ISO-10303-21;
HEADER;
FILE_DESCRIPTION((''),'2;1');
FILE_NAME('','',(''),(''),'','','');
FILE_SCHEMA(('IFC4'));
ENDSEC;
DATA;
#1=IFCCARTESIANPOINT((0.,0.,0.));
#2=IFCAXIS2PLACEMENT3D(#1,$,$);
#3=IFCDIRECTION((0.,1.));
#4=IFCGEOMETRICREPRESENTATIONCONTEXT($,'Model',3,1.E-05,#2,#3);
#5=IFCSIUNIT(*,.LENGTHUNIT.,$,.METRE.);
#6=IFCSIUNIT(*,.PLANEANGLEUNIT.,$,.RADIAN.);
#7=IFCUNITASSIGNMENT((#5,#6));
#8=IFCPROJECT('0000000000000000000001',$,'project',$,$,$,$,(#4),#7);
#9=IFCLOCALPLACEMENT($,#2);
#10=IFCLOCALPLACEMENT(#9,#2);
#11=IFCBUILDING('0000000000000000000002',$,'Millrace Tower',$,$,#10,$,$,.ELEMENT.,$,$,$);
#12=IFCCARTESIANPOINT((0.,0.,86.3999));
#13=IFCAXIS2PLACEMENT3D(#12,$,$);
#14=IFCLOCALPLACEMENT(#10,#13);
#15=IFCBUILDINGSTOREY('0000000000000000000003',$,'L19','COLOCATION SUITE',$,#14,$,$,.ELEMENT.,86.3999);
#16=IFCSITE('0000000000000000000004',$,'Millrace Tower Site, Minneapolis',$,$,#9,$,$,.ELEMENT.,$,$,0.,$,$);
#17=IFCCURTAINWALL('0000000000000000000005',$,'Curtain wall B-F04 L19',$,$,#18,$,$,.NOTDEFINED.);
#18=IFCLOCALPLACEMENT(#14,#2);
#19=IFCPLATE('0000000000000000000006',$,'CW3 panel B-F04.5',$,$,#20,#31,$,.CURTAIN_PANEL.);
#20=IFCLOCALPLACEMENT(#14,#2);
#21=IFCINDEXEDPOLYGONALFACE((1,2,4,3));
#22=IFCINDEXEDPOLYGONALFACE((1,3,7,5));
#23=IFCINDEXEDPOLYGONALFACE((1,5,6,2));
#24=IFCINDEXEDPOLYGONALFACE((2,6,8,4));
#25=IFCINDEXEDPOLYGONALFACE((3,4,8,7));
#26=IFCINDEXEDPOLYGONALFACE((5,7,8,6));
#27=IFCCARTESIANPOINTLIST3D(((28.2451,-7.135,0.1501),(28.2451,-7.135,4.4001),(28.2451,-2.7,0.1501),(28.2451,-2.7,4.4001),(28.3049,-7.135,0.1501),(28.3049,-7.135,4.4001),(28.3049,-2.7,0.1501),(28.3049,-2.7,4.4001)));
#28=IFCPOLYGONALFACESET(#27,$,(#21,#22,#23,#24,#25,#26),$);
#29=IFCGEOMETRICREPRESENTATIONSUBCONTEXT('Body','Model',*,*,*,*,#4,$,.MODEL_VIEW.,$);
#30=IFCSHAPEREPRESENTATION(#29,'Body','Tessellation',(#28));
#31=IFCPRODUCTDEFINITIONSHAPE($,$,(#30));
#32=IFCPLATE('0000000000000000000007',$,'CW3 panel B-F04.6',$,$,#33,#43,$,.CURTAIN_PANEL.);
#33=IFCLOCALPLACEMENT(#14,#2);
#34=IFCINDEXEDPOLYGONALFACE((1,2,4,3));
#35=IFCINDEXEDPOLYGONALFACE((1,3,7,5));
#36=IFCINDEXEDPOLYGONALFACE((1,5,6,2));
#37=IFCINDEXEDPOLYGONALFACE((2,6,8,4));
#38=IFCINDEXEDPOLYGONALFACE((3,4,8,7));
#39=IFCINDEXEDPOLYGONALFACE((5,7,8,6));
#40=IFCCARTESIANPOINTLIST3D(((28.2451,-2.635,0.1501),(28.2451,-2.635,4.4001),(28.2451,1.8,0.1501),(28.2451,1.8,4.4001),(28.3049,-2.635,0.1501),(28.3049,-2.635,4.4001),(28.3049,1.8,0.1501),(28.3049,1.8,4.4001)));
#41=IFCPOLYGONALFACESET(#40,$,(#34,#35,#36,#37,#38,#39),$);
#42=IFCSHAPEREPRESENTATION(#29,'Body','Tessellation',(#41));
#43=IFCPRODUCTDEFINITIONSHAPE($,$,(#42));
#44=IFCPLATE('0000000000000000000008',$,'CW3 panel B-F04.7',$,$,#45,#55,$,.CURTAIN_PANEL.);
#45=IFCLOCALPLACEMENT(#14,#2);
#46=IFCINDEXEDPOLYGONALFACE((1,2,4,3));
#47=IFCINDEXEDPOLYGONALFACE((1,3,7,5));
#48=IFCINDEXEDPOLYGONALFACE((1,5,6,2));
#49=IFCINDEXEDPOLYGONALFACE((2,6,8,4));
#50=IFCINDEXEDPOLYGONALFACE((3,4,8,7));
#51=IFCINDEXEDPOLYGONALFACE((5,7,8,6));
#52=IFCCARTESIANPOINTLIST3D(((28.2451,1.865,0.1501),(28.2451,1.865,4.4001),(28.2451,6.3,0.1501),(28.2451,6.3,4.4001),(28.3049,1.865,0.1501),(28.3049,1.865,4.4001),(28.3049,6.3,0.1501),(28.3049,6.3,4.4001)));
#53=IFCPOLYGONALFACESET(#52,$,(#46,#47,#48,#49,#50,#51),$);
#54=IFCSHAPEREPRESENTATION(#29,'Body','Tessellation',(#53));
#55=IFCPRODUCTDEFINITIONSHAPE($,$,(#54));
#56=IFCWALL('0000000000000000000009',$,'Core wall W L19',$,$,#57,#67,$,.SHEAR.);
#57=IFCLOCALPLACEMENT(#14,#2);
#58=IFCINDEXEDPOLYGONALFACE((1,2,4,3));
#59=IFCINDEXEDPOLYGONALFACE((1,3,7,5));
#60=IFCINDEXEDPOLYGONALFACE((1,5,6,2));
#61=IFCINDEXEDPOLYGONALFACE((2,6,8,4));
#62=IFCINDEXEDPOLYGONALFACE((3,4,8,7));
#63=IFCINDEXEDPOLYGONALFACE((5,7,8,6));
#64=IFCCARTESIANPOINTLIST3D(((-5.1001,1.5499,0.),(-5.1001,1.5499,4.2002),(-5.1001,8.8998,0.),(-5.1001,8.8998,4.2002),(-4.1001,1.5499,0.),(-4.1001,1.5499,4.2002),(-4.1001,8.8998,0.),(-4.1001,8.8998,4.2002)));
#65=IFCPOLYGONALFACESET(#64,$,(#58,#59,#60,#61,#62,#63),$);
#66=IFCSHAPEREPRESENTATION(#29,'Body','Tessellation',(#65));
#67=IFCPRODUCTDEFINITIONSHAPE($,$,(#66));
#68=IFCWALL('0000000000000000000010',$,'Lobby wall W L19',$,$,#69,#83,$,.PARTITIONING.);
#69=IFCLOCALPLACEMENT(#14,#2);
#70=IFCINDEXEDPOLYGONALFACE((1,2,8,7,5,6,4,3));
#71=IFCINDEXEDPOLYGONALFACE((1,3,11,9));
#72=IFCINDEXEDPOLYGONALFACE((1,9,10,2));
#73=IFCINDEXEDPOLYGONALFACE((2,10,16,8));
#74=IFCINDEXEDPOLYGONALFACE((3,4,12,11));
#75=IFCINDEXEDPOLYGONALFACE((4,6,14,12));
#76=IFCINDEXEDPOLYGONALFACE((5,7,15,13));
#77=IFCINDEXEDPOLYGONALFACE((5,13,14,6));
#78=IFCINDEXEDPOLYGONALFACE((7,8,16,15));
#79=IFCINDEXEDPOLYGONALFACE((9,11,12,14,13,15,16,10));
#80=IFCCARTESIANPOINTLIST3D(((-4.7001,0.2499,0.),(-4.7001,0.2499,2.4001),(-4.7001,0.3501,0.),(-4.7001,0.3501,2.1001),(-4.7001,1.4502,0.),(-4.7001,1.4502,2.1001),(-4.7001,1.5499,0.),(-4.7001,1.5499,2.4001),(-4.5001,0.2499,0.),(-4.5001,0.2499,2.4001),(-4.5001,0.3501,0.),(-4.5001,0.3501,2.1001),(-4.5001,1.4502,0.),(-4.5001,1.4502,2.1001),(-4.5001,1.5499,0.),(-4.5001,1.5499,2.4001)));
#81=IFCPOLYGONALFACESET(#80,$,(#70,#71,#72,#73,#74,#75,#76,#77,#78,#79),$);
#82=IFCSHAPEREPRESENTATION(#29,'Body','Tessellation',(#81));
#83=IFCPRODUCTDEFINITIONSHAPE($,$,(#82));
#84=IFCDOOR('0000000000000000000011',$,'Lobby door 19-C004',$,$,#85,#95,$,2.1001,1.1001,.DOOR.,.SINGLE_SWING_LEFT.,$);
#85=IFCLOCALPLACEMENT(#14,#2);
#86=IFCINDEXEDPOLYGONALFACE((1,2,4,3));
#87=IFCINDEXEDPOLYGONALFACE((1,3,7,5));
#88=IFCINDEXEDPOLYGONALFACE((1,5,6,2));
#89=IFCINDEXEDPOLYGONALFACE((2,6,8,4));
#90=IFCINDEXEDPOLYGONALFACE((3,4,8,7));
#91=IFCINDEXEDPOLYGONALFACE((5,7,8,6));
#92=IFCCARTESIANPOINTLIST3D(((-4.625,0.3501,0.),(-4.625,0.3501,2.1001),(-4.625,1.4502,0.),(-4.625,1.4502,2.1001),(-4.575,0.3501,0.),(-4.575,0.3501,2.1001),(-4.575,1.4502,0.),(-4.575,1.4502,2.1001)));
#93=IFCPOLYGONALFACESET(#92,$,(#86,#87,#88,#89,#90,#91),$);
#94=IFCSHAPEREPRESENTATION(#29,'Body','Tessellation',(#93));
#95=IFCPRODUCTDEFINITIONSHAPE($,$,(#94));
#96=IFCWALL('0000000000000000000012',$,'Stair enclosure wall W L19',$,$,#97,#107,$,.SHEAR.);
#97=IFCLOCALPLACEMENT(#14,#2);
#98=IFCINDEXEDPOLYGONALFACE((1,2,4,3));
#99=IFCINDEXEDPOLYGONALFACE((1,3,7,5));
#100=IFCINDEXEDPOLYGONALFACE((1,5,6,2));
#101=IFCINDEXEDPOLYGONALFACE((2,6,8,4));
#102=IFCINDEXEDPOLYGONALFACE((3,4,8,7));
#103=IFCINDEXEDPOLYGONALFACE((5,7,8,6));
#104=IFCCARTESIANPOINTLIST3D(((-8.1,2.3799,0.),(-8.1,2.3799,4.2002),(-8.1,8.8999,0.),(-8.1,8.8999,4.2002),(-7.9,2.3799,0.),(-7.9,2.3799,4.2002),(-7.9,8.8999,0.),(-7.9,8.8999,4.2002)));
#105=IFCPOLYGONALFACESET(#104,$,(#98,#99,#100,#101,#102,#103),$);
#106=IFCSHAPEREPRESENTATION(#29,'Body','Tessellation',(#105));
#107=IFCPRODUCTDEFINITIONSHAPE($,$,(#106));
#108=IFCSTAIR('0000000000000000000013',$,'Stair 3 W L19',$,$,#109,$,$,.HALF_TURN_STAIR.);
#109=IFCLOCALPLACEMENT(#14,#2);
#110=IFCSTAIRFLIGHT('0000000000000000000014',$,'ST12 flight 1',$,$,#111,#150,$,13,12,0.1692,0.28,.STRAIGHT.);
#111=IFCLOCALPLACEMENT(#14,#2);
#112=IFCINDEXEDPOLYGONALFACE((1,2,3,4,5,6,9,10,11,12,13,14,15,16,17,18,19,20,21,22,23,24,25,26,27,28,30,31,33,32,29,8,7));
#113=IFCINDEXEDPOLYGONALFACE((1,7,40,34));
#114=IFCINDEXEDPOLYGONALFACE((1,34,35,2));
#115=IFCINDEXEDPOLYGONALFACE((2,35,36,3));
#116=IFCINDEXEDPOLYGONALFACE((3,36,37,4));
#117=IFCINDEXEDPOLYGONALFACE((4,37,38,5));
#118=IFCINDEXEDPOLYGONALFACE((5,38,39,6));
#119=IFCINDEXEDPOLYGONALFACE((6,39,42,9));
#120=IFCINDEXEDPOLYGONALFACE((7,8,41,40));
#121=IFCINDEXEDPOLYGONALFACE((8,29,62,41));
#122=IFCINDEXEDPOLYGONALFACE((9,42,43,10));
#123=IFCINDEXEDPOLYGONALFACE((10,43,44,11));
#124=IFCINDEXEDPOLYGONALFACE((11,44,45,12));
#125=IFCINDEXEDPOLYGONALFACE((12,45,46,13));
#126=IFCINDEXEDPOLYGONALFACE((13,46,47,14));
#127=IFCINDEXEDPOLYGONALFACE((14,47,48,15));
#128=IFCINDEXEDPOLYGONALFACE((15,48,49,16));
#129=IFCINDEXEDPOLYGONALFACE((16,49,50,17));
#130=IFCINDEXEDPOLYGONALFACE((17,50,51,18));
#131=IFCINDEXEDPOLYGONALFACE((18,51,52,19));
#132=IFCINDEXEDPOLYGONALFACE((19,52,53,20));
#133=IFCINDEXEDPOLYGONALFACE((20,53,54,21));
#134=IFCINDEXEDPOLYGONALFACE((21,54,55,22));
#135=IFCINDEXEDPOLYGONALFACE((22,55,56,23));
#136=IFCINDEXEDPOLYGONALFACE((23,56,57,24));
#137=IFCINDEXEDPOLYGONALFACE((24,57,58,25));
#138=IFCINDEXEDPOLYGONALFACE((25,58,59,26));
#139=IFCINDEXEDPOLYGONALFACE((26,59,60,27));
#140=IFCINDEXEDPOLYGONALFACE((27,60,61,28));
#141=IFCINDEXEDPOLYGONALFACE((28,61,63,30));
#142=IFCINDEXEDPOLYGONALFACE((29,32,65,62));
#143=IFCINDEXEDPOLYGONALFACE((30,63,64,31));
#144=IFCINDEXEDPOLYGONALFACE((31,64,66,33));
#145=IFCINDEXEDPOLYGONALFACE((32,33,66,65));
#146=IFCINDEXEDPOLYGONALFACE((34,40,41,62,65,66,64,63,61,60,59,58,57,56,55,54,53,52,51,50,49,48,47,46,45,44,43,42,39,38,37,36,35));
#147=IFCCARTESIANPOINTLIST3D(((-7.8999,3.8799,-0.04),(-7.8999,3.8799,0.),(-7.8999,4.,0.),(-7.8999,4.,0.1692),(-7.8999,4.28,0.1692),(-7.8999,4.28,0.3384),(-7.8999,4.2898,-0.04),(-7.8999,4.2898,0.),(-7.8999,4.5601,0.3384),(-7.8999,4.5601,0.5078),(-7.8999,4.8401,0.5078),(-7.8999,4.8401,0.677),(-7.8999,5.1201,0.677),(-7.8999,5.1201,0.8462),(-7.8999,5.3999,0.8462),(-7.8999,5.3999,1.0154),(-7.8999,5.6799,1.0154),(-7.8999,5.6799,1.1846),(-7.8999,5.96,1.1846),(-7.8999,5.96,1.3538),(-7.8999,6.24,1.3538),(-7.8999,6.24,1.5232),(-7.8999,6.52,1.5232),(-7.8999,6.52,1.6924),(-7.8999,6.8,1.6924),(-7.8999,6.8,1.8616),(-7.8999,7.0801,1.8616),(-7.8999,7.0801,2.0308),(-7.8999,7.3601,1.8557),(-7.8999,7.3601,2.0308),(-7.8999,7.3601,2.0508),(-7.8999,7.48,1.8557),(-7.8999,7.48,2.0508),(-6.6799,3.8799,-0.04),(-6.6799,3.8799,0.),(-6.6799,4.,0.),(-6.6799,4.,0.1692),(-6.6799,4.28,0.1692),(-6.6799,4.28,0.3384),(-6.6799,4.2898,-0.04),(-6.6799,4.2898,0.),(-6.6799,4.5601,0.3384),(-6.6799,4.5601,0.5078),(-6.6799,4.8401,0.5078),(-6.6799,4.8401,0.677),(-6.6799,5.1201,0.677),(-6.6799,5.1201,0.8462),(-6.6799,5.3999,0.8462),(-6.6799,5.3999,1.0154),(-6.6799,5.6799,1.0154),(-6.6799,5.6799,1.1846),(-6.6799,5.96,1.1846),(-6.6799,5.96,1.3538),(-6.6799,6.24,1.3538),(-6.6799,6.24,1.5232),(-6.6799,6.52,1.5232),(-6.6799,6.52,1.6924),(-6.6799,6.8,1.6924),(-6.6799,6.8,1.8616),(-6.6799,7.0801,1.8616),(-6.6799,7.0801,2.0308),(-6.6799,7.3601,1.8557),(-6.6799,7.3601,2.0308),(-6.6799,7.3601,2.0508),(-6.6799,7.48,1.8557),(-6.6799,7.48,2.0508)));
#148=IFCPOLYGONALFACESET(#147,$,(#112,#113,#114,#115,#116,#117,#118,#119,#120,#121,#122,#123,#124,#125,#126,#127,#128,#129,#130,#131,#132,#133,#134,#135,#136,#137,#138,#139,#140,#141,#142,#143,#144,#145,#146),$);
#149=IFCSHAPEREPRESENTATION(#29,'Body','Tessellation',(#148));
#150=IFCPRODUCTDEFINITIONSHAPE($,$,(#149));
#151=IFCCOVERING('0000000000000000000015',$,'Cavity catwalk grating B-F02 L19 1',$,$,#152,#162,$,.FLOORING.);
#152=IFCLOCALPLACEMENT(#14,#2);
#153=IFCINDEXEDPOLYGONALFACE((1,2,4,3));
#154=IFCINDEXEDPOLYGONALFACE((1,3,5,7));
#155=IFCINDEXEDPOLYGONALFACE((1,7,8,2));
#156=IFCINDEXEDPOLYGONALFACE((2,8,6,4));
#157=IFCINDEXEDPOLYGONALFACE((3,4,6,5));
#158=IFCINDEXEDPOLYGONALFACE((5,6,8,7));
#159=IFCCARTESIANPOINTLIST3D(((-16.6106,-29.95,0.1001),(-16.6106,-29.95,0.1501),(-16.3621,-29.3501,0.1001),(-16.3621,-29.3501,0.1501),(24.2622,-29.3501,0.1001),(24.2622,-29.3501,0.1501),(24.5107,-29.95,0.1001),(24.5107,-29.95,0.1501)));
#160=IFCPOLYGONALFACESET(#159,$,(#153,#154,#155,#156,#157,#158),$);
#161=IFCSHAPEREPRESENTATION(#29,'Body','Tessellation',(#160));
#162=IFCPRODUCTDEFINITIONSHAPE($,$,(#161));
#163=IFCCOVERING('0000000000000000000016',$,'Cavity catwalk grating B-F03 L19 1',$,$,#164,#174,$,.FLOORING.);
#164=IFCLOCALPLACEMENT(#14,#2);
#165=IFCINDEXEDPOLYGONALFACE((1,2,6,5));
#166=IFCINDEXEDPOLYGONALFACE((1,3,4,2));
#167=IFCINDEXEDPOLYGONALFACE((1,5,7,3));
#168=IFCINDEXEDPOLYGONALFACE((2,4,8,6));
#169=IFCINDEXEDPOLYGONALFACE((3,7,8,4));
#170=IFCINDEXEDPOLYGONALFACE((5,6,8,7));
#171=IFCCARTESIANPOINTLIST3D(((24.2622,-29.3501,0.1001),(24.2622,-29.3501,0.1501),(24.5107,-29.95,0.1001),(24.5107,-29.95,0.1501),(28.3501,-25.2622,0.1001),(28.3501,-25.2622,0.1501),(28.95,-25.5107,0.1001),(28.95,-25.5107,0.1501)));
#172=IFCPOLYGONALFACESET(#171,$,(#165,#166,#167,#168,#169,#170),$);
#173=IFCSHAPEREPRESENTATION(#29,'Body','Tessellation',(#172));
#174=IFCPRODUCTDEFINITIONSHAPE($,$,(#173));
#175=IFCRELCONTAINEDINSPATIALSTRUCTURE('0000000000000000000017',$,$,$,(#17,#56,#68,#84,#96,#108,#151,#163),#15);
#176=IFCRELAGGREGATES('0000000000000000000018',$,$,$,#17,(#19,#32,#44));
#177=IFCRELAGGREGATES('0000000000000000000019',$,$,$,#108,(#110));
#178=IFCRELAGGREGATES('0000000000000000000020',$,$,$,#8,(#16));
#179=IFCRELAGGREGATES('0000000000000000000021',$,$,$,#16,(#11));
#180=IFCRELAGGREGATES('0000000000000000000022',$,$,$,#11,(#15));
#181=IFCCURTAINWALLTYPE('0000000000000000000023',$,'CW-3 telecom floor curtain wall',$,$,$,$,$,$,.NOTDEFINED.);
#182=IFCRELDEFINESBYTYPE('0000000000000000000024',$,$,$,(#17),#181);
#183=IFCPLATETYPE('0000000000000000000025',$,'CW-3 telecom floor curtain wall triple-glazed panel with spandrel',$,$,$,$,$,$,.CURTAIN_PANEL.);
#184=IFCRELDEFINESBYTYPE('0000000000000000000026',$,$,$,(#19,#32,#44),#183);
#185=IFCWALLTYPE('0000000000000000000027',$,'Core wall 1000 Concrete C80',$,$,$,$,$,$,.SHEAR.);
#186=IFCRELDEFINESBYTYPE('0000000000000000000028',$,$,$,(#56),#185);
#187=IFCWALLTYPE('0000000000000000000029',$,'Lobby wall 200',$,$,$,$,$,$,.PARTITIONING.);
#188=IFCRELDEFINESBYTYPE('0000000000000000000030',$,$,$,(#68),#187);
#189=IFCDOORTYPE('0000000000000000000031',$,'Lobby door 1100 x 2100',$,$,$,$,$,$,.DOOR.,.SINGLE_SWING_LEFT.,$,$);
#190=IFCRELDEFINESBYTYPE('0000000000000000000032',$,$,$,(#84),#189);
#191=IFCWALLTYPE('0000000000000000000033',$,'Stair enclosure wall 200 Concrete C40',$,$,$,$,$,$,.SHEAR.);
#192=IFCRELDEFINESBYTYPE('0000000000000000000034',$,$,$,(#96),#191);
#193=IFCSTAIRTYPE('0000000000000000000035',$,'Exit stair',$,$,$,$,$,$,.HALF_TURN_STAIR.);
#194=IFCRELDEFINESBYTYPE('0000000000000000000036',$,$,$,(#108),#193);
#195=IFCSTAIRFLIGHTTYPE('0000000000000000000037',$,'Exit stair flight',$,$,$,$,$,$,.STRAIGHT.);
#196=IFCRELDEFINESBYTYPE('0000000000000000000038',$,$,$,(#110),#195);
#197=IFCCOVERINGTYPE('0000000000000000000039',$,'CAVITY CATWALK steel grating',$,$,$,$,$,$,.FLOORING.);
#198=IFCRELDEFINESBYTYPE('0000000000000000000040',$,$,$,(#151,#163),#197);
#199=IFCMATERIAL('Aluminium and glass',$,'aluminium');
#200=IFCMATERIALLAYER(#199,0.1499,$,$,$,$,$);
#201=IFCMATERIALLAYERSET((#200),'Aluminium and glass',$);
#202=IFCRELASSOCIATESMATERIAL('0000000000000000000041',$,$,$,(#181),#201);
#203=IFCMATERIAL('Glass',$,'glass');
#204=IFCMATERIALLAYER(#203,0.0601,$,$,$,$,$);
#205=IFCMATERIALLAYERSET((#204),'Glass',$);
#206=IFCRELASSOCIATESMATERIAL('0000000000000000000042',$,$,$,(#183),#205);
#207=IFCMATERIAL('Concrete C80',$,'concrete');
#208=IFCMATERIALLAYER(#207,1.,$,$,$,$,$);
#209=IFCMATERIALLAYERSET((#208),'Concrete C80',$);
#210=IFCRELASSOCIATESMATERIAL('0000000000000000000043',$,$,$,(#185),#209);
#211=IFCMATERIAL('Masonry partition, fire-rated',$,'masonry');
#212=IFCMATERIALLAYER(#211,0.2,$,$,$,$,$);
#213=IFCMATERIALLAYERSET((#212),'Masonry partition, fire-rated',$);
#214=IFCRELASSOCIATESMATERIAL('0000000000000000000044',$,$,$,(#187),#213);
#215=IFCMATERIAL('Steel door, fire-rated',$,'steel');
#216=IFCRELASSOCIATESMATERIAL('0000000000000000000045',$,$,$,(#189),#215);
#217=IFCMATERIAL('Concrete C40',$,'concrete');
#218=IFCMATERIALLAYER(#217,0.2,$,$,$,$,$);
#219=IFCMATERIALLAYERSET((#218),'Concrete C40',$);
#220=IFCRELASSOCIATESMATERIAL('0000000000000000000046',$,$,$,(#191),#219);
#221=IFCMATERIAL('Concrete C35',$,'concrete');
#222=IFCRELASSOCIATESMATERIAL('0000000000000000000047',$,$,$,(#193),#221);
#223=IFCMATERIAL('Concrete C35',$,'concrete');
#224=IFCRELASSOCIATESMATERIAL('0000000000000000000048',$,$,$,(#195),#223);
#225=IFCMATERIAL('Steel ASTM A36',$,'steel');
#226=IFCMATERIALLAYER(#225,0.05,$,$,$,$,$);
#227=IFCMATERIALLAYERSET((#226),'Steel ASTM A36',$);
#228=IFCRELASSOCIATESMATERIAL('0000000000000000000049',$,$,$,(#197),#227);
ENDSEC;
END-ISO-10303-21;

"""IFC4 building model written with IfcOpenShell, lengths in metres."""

from ifc_helpers import new_model, si_unit, direction, frame, frame_2d, origin, place, context, subcontext, project, spatial, polyline, rectangle, outline, extrude, material, layer, layer_set, type_object, element, fill, aggregate, save


model = new_model("IFC4")

# Units and contexts
model_context = context("Model", 3, precision=1e-05, world=origin(), true_north=direction((0.0, 1.0)))
body_context = subcontext(model_context, "Body", "Model", "MODEL_VIEW")
ifc_project = project(units=[si_unit("LENGTHUNIT", "METRE"), si_unit("PLANEANGLEUNIT", "RADIAN")], contexts=[model_context])

# Site, building, storey
site_placement = place(None, origin())
site = spatial("IfcSite", under=ifc_project, at=site_placement, Name="Millrace Tower Site, Minneapolis", CompositionType="ELEMENT", RefElevation=0.0)
building_placement = place(site_placement, origin())
building = spatial("IfcBuilding", under=site, at=building_placement, Name="Millrace Tower", CompositionType="ELEMENT")
storey_placement = place(building_placement, frame((0.0, 0.0, 86.3999)))
storey = spatial("IfcBuildingStorey", under=building, at=storey_placement, Name="L19", Description="COLOCATION SUITE", CompositionType="ELEMENT", Elevation=86.3999)

# Shared definitions
ifc_material_1 = material(Name="Aluminium and glass", Category="aluminium")
ifc_layer_1 = layer(ifc_material_1, 0.1499)
ifc_layer_set_1 = layer_set([ifc_layer_1], Name="Aluminium and glass")
curtain_wall_type = type_object("IfcCurtainWallType", Name="CW-3 telecom floor curtain wall", PredefinedType="NOTDEFINED", material=ifc_layer_set_1)
placement_1 = place(storey_placement, origin())
ifc_material_2 = material(Name="Glass", Category="glass")
ifc_layer_2 = layer(ifc_material_2, 0.0601)
ifc_layer_set_2 = layer_set([ifc_layer_2], Name="Glass")
plate_type = type_object("IfcPlateType", Name="CW-3 telecom floor curtain wall triple-glazed panel with spandrel", PredefinedType="CURTAIN_PANEL", material=ifc_layer_set_2)
placement_2 = place(storey_placement, frame((0.0, 0.0, 0.1501)))

# Curtain wall, plates
curtain_wall_1 = element("IfcCurtainWall", 1, at=placement_1, inside=storey, type_object=curtain_wall_type, Name="Curtain wall B-F04 L19", PredefinedType="NOTDEFINED")
plate_1 = element("IfcPlate", 2, at=placement_2, type_object=plate_type, Name="CW3 panel B-F04.5", PredefinedType="CURTAIN_PANEL", context=body_context, shape_type="SweptSolid", body=[
    extrude(outline(polyline([(28.3049, -7.135), (28.3049, -2.7), (28.2451, -2.7), (28.2451, -7.135), (28.3049, -7.135)])), origin(), (0.0, 0.0, 1.0), 4.25),
])
plate_2 = element("IfcPlate", 3, at=placement_2, type_object=plate_type, Name="CW3 panel B-F04.6", PredefinedType="CURTAIN_PANEL", context=body_context, shape_type="SweptSolid", body=[
    extrude(outline(polyline([(28.3049, -2.635), (28.3049, 1.8), (28.2451, 1.8), (28.2451, -2.635), (28.3049, -2.635)])), origin(), (0.0, 0.0, 1.0), 4.25),
])
plate_3 = element("IfcPlate", 4, at=placement_2, type_object=plate_type, Name="CW3 panel B-F04.7", PredefinedType="CURTAIN_PANEL", context=body_context, shape_type="SweptSolid", body=[
    extrude(outline(polyline([(28.3049, 1.865), (28.3049, 6.3), (28.2451, 6.3), (28.2451, 1.865), (28.3049, 1.865)])), origin(), (0.0, 0.0, 1.0), 4.25),
])
aggregate(curtain_wall_1, [plate_1, plate_2, plate_3])

# Wall
ifc_material_3 = material(Name="Concrete C80", Category="concrete")
ifc_layer_3 = layer(ifc_material_3, 1.0)
ifc_layer_set_3 = layer_set([ifc_layer_3], Name="Concrete C80")
wall_type_1 = type_object("IfcWallType", Name="Core wall 1000 Concrete C80", PredefinedType="SHEAR", material=ifc_layer_set_3)
wall_1_placement = place(storey_placement, frame((-4.6001, 1.55, 0.0), z_axis=(0.0, 0.0, 1.0), x_axis=(0.0, 1.0, 0.0)))
element("IfcWall", 5, at=wall_1_placement, inside=storey, type_object=wall_type_1, Name="Core wall W L19", PredefinedType="SHEAR", context=body_context, shape_type="SweptSolid", body=[
    extrude(rectangle(XDim=7.3499, YDim=1.0, at=frame_2d((3.6748, 0.0))), origin(), (0.0, 0.0, 1.0), 4.2002),
])

# Wall, opening, door
ifc_material_4 = material(Name="Masonry partition, fire-rated", Category="masonry")
ifc_layer_4 = layer(ifc_material_4, 0.2)
ifc_layer_set_4 = layer_set([ifc_layer_4], Name="Masonry partition, fire-rated")
wall_type_2 = type_object("IfcWallType", Name="Lobby wall 200", PredefinedType="PARTITIONING", material=ifc_layer_set_4)
wall_2_placement = place(storey_placement, frame((-4.6001, 0.25, 0.0), z_axis=(0.0, 0.0, 1.0), x_axis=(0.0, 1.0, 0.0)))
wall_2 = element("IfcWall", 6, at=wall_2_placement, inside=storey, type_object=wall_type_2, Name="Lobby wall W L19", PredefinedType="PARTITIONING", context=body_context, shape_type="SweptSolid", body=[
    extrude(rectangle(XDim=1.3, YDim=0.2, at=frame_2d((0.6499, 0.0))), origin(), (0.0, 0.0, 1.0), 2.4001),
])
opening_placement = place(wall_2_placement, frame((0.1001, 0.0, 0.0)))
opening = element("IfcOpeningElement", 7, at=opening_placement, cuts=wall_2, PredefinedType="OPENING", context=body_context, shape_type="SweptSolid", body=[
    extrude(rectangle(XDim=1.1001, YDim=2.1001, at=frame_2d((0.55, 1.05))), frame((0.0, 0.1099, 0.0), z_axis=(0.0, -1.0, 0.0), x_axis=(1.0, 0.0, 0.0)), (0.0, 0.0, 1.0), 0.22),
])
ifc_material_5 = material(Name="Steel door, fire-rated", Category="steel")
door_type = type_object("IfcDoorType", Name="Lobby door 1100 x 2100", OperationType="SINGLE_SWING_LEFT", PredefinedType="DOOR", material=ifc_material_5)
door_placement = place(opening_placement, origin())
door = element("IfcDoor", 8, at=door_placement, inside=storey, type_object=door_type, Name="Lobby door 19-C004", OperationType="SINGLE_SWING_LEFT", OverallHeight=2.1001, OverallWidth=1.1001, PredefinedType="DOOR", context=body_context, shape_type="SweptSolid", body=[
    extrude(rectangle(XDim=1.1001, YDim=2.1001, at=frame_2d((0.55, 1.05))), frame((0.0, 0.0249, 0.0), z_axis=(0.0, -1.0, 0.0), x_axis=(1.0, 0.0, 0.0)), (0.0, 0.0, 1.0), 0.05),
])
fill(opening, door)

# Wall
ifc_material_6 = material(Name="Concrete C40", Category="concrete")
ifc_layer_5 = layer(ifc_material_6, 0.2)
ifc_layer_set_5 = layer_set([ifc_layer_5], Name="Concrete C40")
wall_type_3 = type_object("IfcWallType", Name="Stair enclosure wall 200 Concrete C40", PredefinedType="SHEAR", material=ifc_layer_set_5)
wall_3_placement = place(storey_placement, frame((-8.0, 2.3799, 0.0), z_axis=(0.0, 0.0, 1.0), x_axis=(0.0, 1.0, 0.0)))
element("IfcWall", 9, at=wall_3_placement, inside=storey, type_object=wall_type_3, Name="Stair enclosure wall W L19", PredefinedType="SHEAR", context=body_context, shape_type="SweptSolid", body=[
    extrude(rectangle(XDim=6.52, YDim=0.2, at=frame_2d((3.26, 0.0))), origin(), (0.0, 0.0, 1.0), 4.2002),
])

# Stair, stair flight
ifc_material_7 = material(Name="Concrete C35", Category="concrete")
stair_type = type_object("IfcStairType", Name="Exit stair", PredefinedType="HALF_TURN_STAIR", material=ifc_material_7)
stair = element("IfcStair", 10, at=placement_1, inside=storey, type_object=stair_type, Name="Stair 3 W L19", PredefinedType="HALF_TURN_STAIR")
ifc_material_8 = material(Name="Concrete C35", Category="concrete")
stair_flight_type = type_object("IfcStairFlightType", Name="Exit stair flight", PredefinedType="STRAIGHT", material=ifc_material_8)
stair_flight_placement = place(storey_placement, frame((-7.29, 4.0, 0.0), z_axis=(0.0, 0.0, 1.0), x_axis=(0.0, 1.0, 0.0)))
stair_flight = element("IfcStairFlight", 11, at=stair_flight_placement, type_object=stair_flight_type, Name="ST12 flight 1", NumberOfRisers=13, NumberOfTreads=12, PredefinedType="STRAIGHT", RiserHeight=0.1692, TreadLength=0.28, context=body_context, shape_type="SweptSolid", body=[
    extrude(outline(polyline([(-0.1201, -0.04), (-0.1201, 0.0), (0.0, 0.0), (0.0, 0.1692), (0.28, 0.1692), (0.28, 0.3384), (0.5601, 0.3384), (0.5601, 0.5078), (0.8401, 0.5078), (0.8401, 0.677), (1.1201, 0.677), (1.1201, 0.8462), (1.3999, 0.8462), (1.3999, 1.0154), (1.6799, 1.0154), (1.6799, 1.1846), (1.96, 1.1846), (1.96, 1.3538), (2.24, 1.3538), (2.24, 1.5232), (2.52, 1.5232), (2.52, 1.6924), (2.8, 1.6924), (2.8, 1.8616), (3.0801, 1.8616), (3.0801, 2.0308), (3.3601, 2.0308), (3.3601, 2.0508), (3.48, 2.0508), (3.48, 1.8557), (3.3601, 1.8557), (0.2898, 0.0), (0.2898, -0.04), (-0.1201, -0.04)])), frame((0.0, 0.6099, 0.0), z_axis=(0.0, -1.0, 0.0), x_axis=(1.0, 0.0, 0.0)), (0.0, 0.0, 1.0), 1.22),
])
aggregate(stair, [stair_flight])

# Coverings
ifc_material_9 = material(Name="Steel ASTM A36", Category="steel")
ifc_layer_6 = layer(ifc_material_9, 0.05)
ifc_layer_set_6 = layer_set([ifc_layer_6], Name="Steel ASTM A36")
covering_type = type_object("IfcCoveringType", Name="CAVITY CATWALK steel grating", PredefinedType="FLOORING", material=ifc_layer_set_6)
placement_3 = place(storey_placement, frame((0.0, 0.0, 0.1001)))
element("IfcCovering", 12, at=placement_3, inside=storey, type_object=covering_type, Name="Cavity catwalk grating B-F02 L19 1", PredefinedType="FLOORING", context=body_context, shape_type="SweptSolid", body=[
    extrude(outline(polyline([(-16.6106, -29.95), (24.5107, -29.95), (24.2622, -29.3501), (-16.3621, -29.3501), (-16.6106, -29.95)])), origin(), (0.0, 0.0, 1.0), 0.05),
])
element("IfcCovering", 13, at=placement_3, inside=storey, type_object=covering_type, Name="Cavity catwalk grating B-F03 L19 1", PredefinedType="FLOORING", context=body_context, shape_type="SweptSolid", body=[
    extrude(outline(polyline([(24.5107, -29.95), (28.95, -25.5107), (28.3501, -25.2622), (24.2622, -29.3501), (24.5107, -29.95)])), origin(), (0.0, 0.0, 1.0), 0.05),
])

save(model, "model.ifc")
